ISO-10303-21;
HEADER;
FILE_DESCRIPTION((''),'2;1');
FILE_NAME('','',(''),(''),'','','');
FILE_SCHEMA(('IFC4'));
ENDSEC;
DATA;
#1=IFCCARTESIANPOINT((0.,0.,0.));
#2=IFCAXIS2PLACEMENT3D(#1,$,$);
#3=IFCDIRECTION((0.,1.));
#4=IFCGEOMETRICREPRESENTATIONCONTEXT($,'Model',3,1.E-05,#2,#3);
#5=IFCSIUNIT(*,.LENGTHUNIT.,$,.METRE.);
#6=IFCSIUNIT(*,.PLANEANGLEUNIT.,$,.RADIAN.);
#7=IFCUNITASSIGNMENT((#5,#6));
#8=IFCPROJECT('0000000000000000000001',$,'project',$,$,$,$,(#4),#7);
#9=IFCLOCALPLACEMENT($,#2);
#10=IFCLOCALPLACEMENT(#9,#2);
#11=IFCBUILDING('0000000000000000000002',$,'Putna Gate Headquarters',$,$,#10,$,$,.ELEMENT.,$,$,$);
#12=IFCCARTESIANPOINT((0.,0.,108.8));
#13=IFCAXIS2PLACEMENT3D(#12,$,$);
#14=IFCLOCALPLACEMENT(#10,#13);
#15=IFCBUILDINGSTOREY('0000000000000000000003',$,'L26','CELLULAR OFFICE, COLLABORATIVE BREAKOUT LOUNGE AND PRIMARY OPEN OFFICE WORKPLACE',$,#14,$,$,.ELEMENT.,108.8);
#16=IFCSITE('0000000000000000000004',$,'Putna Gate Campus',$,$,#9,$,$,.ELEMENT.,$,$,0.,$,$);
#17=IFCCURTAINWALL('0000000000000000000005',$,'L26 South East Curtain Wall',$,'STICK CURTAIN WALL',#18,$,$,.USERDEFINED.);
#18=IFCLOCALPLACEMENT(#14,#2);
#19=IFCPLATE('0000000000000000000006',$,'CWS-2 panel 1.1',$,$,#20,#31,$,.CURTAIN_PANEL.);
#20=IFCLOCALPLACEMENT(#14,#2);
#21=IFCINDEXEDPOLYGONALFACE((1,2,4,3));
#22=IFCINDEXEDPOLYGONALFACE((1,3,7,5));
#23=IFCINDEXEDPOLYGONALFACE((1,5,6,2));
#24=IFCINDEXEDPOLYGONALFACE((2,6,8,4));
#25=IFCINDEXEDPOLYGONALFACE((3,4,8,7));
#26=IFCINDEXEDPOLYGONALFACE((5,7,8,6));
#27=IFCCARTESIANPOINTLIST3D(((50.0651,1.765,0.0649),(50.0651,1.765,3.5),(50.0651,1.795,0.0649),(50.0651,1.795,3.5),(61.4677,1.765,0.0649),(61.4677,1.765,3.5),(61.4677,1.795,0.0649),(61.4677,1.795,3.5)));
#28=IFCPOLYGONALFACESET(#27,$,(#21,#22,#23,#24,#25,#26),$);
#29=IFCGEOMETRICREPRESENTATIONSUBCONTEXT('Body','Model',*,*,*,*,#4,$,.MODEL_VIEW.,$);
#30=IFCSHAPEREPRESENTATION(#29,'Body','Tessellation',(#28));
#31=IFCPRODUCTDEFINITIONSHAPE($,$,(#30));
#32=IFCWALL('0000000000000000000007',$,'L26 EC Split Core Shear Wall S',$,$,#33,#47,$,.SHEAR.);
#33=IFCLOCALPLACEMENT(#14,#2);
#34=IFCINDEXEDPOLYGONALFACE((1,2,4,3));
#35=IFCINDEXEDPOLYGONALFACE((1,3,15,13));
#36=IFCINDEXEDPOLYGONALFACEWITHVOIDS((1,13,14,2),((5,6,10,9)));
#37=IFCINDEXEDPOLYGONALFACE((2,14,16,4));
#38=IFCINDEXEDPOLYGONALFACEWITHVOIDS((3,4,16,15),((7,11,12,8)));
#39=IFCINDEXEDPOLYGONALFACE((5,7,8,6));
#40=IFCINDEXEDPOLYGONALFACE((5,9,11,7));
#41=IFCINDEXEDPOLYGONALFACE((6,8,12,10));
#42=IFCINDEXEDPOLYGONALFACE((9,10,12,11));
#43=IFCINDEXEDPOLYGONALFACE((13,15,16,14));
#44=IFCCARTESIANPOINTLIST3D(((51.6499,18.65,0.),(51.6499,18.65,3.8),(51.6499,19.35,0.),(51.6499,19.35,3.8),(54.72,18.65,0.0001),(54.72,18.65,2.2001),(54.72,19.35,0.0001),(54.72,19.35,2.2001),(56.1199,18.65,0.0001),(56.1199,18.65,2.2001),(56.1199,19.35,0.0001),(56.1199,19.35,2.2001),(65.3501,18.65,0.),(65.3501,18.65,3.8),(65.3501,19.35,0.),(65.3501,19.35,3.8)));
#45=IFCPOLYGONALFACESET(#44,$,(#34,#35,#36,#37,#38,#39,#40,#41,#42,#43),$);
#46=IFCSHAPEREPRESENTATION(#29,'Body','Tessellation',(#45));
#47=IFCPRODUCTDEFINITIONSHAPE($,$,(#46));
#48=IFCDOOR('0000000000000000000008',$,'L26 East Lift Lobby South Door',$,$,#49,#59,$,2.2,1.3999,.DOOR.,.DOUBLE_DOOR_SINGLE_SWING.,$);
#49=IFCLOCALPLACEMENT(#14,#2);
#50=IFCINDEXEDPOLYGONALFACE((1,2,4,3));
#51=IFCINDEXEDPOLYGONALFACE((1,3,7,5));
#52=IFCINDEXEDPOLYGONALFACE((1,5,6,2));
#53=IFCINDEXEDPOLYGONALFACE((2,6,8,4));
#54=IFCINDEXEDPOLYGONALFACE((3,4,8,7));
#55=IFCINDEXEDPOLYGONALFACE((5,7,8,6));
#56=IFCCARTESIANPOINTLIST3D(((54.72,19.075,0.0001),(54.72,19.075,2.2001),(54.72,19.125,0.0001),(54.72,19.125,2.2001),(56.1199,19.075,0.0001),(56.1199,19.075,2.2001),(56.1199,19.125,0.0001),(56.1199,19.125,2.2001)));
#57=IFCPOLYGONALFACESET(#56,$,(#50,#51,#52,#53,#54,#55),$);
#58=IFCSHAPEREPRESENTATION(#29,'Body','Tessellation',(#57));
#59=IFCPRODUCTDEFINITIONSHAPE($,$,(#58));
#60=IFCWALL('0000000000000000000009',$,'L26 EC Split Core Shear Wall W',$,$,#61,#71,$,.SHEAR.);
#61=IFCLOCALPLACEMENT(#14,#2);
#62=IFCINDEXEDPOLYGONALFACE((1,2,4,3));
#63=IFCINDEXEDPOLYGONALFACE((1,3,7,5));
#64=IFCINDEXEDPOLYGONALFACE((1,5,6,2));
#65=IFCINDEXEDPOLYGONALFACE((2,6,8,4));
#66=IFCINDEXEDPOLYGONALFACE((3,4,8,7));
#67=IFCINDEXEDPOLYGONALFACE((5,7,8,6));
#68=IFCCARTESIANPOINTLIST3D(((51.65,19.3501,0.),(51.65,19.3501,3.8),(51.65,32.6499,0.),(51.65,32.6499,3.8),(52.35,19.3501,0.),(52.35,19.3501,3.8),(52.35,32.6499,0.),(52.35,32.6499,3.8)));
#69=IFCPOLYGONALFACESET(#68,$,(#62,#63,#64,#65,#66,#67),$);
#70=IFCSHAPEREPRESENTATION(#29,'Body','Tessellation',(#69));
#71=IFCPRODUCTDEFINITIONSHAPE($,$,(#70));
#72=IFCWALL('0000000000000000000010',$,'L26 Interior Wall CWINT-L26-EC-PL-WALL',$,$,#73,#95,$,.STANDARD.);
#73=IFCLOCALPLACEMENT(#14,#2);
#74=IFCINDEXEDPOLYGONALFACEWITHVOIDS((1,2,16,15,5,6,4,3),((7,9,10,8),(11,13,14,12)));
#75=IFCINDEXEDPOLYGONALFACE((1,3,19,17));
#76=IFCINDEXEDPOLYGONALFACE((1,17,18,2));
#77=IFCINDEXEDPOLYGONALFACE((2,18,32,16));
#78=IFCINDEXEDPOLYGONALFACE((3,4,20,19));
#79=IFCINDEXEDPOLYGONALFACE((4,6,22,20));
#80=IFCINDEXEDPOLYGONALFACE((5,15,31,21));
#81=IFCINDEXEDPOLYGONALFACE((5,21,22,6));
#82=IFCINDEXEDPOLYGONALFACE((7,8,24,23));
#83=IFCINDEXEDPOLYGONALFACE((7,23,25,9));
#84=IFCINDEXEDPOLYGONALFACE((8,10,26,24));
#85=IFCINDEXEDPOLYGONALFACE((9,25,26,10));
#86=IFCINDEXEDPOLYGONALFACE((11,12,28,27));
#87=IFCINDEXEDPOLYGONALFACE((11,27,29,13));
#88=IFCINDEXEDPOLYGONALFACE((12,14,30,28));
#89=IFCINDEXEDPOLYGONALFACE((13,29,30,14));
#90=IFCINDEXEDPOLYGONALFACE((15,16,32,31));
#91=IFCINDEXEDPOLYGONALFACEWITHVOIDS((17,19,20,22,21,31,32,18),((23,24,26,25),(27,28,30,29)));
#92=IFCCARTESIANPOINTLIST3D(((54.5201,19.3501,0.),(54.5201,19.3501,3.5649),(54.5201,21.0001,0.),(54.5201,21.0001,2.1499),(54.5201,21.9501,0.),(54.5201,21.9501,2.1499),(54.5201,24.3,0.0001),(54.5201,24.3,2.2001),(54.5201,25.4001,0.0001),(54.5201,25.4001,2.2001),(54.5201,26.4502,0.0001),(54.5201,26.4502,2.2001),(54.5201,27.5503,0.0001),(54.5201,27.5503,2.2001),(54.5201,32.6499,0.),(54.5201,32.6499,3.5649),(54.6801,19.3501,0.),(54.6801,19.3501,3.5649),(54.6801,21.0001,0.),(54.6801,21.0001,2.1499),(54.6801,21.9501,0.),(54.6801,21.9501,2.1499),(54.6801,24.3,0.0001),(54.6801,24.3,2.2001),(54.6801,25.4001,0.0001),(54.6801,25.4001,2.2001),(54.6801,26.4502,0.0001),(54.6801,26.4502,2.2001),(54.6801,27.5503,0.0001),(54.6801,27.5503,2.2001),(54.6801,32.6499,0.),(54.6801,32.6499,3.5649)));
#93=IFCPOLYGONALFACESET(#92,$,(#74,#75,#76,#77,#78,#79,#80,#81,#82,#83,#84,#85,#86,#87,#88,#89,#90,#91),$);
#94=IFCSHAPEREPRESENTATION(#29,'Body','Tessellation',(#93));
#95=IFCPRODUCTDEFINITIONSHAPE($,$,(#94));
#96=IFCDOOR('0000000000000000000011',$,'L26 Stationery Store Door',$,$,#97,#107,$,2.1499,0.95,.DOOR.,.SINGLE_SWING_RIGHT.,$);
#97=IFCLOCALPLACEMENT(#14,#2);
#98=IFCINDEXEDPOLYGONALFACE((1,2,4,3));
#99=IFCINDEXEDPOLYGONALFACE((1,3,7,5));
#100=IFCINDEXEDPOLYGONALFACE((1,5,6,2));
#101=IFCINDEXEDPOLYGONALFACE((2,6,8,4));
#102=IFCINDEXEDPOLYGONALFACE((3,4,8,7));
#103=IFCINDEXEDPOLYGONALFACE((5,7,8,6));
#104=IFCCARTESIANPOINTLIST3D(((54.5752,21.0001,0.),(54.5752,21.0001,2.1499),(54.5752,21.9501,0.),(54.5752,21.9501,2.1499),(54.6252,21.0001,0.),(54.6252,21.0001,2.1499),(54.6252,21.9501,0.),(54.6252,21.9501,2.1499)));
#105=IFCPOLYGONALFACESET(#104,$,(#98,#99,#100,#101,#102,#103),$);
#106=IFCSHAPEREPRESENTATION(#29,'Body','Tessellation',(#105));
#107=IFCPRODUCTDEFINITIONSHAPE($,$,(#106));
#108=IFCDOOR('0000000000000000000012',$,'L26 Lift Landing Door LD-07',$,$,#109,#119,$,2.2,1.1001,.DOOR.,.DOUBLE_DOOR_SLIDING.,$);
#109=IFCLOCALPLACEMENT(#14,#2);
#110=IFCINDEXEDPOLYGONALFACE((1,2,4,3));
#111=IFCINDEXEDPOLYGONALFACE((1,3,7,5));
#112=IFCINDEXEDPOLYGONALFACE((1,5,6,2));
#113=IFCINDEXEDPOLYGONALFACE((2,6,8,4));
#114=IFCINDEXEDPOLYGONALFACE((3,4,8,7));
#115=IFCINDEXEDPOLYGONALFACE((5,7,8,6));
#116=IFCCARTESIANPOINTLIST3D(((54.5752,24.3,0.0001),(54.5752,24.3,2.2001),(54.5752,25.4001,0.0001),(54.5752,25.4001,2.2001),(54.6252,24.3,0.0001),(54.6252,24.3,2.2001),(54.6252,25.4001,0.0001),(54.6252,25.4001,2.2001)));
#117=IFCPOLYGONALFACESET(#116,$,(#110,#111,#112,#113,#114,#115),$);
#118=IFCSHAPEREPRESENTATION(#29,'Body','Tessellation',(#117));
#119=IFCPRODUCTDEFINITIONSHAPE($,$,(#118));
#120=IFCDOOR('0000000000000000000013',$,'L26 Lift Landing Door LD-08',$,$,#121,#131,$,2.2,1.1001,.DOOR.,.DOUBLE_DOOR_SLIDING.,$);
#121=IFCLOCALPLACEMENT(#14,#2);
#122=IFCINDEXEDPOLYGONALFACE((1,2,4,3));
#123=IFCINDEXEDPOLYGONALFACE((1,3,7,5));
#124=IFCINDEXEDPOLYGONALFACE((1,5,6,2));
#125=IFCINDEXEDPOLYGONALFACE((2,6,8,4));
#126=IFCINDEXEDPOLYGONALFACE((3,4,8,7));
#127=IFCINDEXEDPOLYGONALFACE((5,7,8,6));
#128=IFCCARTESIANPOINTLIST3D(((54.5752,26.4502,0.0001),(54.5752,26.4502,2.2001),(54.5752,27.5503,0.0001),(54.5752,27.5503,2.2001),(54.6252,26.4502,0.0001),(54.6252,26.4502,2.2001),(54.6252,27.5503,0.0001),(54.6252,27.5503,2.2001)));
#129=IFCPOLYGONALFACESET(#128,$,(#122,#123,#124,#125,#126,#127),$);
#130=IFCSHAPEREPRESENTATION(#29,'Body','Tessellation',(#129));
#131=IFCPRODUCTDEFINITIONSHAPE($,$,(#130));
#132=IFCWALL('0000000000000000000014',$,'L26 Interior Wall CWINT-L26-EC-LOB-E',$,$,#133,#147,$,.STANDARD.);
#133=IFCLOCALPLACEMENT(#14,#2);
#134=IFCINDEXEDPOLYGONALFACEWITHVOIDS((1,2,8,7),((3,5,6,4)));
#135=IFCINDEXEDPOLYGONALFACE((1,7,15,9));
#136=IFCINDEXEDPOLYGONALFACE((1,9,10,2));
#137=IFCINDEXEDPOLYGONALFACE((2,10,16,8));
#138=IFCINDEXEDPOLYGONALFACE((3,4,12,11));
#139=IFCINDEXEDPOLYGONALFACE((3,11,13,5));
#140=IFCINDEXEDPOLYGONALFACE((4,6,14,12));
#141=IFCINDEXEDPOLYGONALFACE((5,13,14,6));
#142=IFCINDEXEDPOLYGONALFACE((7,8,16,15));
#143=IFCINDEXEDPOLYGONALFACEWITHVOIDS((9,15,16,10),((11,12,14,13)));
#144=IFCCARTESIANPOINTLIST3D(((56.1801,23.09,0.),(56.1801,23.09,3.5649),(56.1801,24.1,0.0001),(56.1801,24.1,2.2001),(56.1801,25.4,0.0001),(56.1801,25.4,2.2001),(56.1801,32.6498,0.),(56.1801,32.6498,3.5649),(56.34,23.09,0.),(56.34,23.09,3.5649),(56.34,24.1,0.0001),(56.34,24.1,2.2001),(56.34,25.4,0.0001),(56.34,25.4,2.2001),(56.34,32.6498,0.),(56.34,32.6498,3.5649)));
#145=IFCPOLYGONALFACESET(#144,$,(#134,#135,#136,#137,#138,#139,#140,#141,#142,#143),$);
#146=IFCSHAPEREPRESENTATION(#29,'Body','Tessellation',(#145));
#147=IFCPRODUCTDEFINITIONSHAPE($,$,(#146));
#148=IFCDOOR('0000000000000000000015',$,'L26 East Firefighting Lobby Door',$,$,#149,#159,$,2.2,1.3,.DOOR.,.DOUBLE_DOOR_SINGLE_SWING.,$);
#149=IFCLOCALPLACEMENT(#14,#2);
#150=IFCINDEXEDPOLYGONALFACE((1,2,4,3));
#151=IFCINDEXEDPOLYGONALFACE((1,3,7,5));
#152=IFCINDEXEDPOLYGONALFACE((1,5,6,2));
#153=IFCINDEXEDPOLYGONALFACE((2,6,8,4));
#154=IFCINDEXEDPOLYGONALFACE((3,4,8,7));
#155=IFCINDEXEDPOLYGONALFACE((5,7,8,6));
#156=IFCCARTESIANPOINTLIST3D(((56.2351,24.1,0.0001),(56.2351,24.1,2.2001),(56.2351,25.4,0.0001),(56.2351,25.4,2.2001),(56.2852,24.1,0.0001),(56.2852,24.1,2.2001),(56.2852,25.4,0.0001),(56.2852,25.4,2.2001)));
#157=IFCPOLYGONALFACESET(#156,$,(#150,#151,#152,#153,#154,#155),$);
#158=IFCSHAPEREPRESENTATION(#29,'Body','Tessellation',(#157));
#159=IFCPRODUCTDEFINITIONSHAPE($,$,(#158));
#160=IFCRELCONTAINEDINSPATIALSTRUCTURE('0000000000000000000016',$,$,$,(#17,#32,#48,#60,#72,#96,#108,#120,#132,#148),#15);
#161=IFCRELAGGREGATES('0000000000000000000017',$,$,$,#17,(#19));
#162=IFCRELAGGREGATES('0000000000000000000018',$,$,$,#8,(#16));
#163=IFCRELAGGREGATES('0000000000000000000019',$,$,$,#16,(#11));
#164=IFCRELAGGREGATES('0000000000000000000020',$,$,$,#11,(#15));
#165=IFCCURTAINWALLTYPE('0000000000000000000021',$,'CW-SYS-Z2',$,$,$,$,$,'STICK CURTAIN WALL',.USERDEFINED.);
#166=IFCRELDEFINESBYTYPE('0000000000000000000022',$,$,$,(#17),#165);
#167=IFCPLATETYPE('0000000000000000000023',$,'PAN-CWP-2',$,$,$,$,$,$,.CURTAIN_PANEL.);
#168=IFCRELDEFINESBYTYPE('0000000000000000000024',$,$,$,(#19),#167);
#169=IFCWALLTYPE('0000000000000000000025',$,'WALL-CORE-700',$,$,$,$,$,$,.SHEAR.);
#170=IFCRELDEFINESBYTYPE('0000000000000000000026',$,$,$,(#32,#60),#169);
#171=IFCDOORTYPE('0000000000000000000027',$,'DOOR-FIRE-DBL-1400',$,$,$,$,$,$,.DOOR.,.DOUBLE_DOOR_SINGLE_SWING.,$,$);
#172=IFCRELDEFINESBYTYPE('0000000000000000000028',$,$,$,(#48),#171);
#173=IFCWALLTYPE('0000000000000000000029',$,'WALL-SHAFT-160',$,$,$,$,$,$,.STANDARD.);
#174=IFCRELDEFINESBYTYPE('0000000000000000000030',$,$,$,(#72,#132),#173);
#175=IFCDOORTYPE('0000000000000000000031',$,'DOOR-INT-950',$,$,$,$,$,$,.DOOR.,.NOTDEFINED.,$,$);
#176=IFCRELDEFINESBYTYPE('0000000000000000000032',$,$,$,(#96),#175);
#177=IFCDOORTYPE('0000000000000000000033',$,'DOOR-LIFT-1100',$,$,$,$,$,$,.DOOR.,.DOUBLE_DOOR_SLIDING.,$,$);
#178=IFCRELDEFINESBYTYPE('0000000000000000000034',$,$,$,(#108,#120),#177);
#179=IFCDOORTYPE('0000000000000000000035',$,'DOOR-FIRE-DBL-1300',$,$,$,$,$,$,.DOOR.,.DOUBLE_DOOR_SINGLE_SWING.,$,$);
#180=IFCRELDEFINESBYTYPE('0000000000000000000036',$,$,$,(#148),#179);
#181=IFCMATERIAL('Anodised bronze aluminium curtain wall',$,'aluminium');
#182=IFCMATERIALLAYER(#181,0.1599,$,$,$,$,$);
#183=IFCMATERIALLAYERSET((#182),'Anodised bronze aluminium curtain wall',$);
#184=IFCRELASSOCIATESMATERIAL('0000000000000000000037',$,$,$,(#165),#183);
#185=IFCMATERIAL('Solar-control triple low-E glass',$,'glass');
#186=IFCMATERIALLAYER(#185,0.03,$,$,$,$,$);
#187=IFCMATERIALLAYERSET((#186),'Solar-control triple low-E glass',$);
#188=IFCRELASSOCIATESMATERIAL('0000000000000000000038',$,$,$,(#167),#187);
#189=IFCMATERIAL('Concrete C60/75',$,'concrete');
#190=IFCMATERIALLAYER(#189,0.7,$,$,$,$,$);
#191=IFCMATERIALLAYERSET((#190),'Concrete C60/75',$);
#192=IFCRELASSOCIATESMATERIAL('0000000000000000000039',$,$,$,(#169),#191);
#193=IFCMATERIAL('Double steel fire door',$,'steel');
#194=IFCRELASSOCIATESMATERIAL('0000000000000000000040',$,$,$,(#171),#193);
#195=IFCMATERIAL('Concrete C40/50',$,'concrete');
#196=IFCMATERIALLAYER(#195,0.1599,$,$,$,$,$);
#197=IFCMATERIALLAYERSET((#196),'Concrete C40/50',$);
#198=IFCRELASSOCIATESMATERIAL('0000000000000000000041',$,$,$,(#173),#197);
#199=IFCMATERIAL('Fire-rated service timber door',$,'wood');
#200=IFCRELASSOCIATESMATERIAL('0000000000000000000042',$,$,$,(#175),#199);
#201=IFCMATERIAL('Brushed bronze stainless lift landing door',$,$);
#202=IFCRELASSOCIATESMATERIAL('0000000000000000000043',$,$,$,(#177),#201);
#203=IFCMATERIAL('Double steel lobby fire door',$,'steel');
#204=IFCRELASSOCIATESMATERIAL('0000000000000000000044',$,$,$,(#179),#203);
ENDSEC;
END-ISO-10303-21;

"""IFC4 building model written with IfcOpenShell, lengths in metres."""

from ifc_helpers import new_model, si_unit, direction, frame, frame_2d, origin, origin_2d, place, context, subcontext, project, spatial, rectangle, extrude, material, layer, layer_set, type_object, element, fill, aggregate, save


model = new_model("IFC4")

# Units and contexts
model_context = context("Model", 3, precision=1e-05, world=origin(), true_north=direction((0.0, 1.0)))
body_context = subcontext(model_context, "Body", "Model", "MODEL_VIEW")
ifc_project = project(units=[si_unit("LENGTHUNIT", "METRE"), si_unit("PLANEANGLEUNIT", "RADIAN")], contexts=[model_context])

# Site, building, storey
site_placement = place(None, origin())
site = spatial("IfcSite", under=ifc_project, at=site_placement, Name="Putna Gate Campus", CompositionType="ELEMENT", RefElevation=0.0)
building_placement = place(site_placement, origin())
building = spatial("IfcBuilding", under=site, at=building_placement, Name="Putna Gate Headquarters", CompositionType="ELEMENT")
storey_placement = place(building_placement, frame((0.0, 0.0, 108.8)))
storey = spatial("IfcBuildingStorey", under=building, at=storey_placement, Name="L26", Description="CELLULAR OFFICE, COLLABORATIVE BREAKOUT LOUNGE AND PRIMARY OPEN OFFICE WORKPLACE", CompositionType="ELEMENT", Elevation=108.8)

# Shared definitions
ifc_material_1 = material(Name="Concrete C60/75", Category="concrete")

# Curtain wall, plate
ifc_material_2 = material(Name="Anodised bronze aluminium curtain wall", Category="aluminium")
ifc_layer_1 = layer(ifc_material_2, 0.1599)
ifc_layer_set_1 = layer_set([ifc_layer_1], Name="Anodised bronze aluminium curtain wall")
curtain_wall_type = type_object("IfcCurtainWallType", Name="CW-SYS-Z2", ElementType="STICK CURTAIN WALL", PredefinedType="USERDEFINED", material=ifc_layer_set_1)
curtain_wall_placement = place(storey_placement, origin())
curtain_wall = element("IfcCurtainWall", 1, at=curtain_wall_placement, inside=storey, type_object=curtain_wall_type, Name="L26 South East Curtain Wall", ObjectType="STICK CURTAIN WALL", PredefinedType="USERDEFINED")
ifc_material_3 = material(Name="Solar-control triple low-E glass", Category="glass")
ifc_layer_2 = layer(ifc_material_3, 0.03)
ifc_layer_set_2 = layer_set([ifc_layer_2], Name="Solar-control triple low-E glass")
plate_type = type_object("IfcPlateType", Name="PAN-CWP-2", PredefinedType="CURTAIN_PANEL", material=ifc_layer_set_2)
plate_placement = place(storey_placement, frame((55.7664, 1.78, 0.0649), z_axis=(0.0, 0.0, 1.0), x_axis=(1.0, 0.0, 0.0)))
plate = element("IfcPlate", 2, at=plate_placement, type_object=plate_type, Name="CWS-2 panel 1.1", PredefinedType="CURTAIN_PANEL", context=body_context, shape_type="SweptSolid", body=[
    extrude(rectangle(XDim=11.4026, YDim=0.03, at=origin_2d()), origin(), (0.0, 0.0, 1.0), 3.4351),
])
aggregate(curtain_wall, [plate])

# Wall, opening, door
ifc_layer_3 = layer(ifc_material_1, 0.7)
ifc_layer_set_3 = layer_set([ifc_layer_3], Name="Concrete C60/75")
wall_type_1 = type_object("IfcWallType", Name="WALL-CORE-700", PredefinedType="SHEAR", material=ifc_layer_set_3)
wall_1_placement = place(storey_placement, frame((51.6499, 19.0, 0.0), z_axis=(0.0, 0.0, 1.0), x_axis=(1.0, 0.0, 0.0)))
wall_1 = element("IfcWall", 3, at=wall_1_placement, inside=storey, type_object=wall_type_1, Name="L26 EC Split Core Shear Wall S", PredefinedType="SHEAR", context=body_context, shape_type="SweptSolid", body=[
    extrude(rectangle(XDim=13.7002, YDim=0.7, at=frame_2d((6.8501, 0.0))), origin(), (0.0, 0.0, 1.0), 3.8),
])
opening_1_placement = place(wall_1_placement, frame((3.0701, 0.0, 0.0)))
opening_1 = element("IfcOpeningElement", 4, at=opening_1_placement, cuts=wall_1, PredefinedType="OPENING", context=body_context, shape_type="SweptSolid", body=[
    extrude(rectangle(XDim=1.3999, YDim=2.2, at=frame_2d((0.7, 1.1001))), frame((0.0, 0.3599, 0.0), z_axis=(0.0, -1.0, 0.0), x_axis=(1.0, 0.0, 0.0)), (0.0, 0.0, 1.0), 0.72),
])
ifc_material_4 = material(Name="Double steel fire door", Category="steel")
door_type_1 = type_object("IfcDoorType", Name="DOOR-FIRE-DBL-1400", OperationType="DOUBLE_DOOR_SINGLE_SWING", PredefinedType="DOOR", material=ifc_material_4)
door_1_placement = place(opening_1_placement, origin())
door_1 = element("IfcDoor", 5, at=door_1_placement, inside=storey, type_object=door_type_1, Name="L26 East Lift Lobby South Door", OperationType="DOUBLE_DOOR_SINGLE_SWING", OverallHeight=2.2, OverallWidth=1.3999, PredefinedType="DOOR", context=body_context, shape_type="SweptSolid", body=[
    extrude(rectangle(XDim=1.3999, YDim=2.2, at=frame_2d((0.7, 1.1001))), frame((0.0, 0.125, 0.0), z_axis=(0.0, -1.0, 0.0), x_axis=(1.0, 0.0, 0.0)), (0.0, 0.0, 1.0), 0.05),
])
fill(opening_1, door_1)

# Wall
wall_2_placement = place(storey_placement, frame((52.0, 19.3501, 0.0), z_axis=(0.0, 0.0, 1.0), x_axis=(0.0, 1.0, 0.0)))
element("IfcWall", 6, at=wall_2_placement, inside=storey, type_object=wall_type_1, Name="L26 EC Split Core Shear Wall W", PredefinedType="SHEAR", context=body_context, shape_type="SweptSolid", body=[
    extrude(rectangle(XDim=13.2998, YDim=0.7, at=frame_2d((6.6499, 0.0))), origin(), (0.0, 0.0, 1.0), 3.8),
])

# Wall, openings, doors
ifc_material_5 = material(Name="Concrete C40/50", Category="concrete")
ifc_layer_4 = layer(ifc_material_5, 0.1599)
ifc_layer_set_4 = layer_set([ifc_layer_4], Name="Concrete C40/50")
wall_type_2 = type_object("IfcWallType", Name="WALL-SHAFT-160", PredefinedType="STANDARD", material=ifc_layer_set_4)
wall_3_placement = place(storey_placement, frame((54.6001, 19.3501, 0.0), z_axis=(0.0, 0.0, 1.0), x_axis=(0.0, 1.0, 0.0)))
wall_3 = element("IfcWall", 7, at=wall_3_placement, inside=storey, type_object=wall_type_2, Name="L26 Interior Wall CWINT-L26-EC-PL-WALL", PredefinedType="STANDARD", context=body_context, shape_type="SweptSolid", body=[
    extrude(rectangle(XDim=13.2998, YDim=0.1599, at=frame_2d((6.6499, 0.0))), origin(), (0.0, 0.0, 1.0), 3.5649),
])
opening_2_placement = place(wall_3_placement, frame((1.6499, 0.0, 0.0)))
opening_2 = element("IfcOpeningElement", 8, at=opening_2_placement, cuts=wall_3, PredefinedType="OPENING", context=body_context, shape_type="SweptSolid", body=[
    extrude(rectangle(XDim=0.95, YDim=2.1499, at=frame_2d((0.4751, 1.075))), frame((0.0, 0.0898, 0.0), z_axis=(0.0, -1.0, 0.0), x_axis=(1.0, 0.0, 0.0)), (0.0, 0.0, 1.0), 0.1799),
])
opening_3_placement = place(wall_3_placement, frame((4.95, 0.0, 0.0)))
opening_3 = element("IfcOpeningElement", 9, at=opening_3_placement, cuts=wall_3, PredefinedType="OPENING", context=body_context, shape_type="SweptSolid", body=[
    extrude(rectangle(XDim=1.1001, YDim=2.2, at=frame_2d((0.55, 1.1001))), frame((0.0, 0.0898, 0.0), z_axis=(0.0, -1.0, 0.0), x_axis=(1.0, 0.0, 0.0)), (0.0, 0.0, 1.0), 0.1799),
])
opening_4_placement = place(wall_3_placement, frame((7.1001, 0.0, 0.0)))
opening_4 = element("IfcOpeningElement", 10, at=opening_4_placement, cuts=wall_3, PredefinedType="OPENING", context=body_context, shape_type="SweptSolid", body=[
    extrude(rectangle(XDim=1.1001, YDim=2.2, at=frame_2d((0.55, 1.1001))), frame((0.0, 0.0898, 0.0), z_axis=(0.0, -1.0, 0.0), x_axis=(1.0, 0.0, 0.0)), (0.0, 0.0, 1.0), 0.1799),
])
ifc_material_6 = material(Name="Fire-rated service timber door", Category="wood")
door_type_2 = type_object("IfcDoorType", Name="DOOR-INT-950", OperationType="NOTDEFINED", PredefinedType="DOOR", material=ifc_material_6)
door_2_placement = place(opening_2_placement, origin())
door_2 = element("IfcDoor", 11, at=door_2_placement, inside=storey, type_object=door_type_2, Name="L26 Stationery Store Door", OperationType="SINGLE_SWING_RIGHT", OverallHeight=2.1499, OverallWidth=0.95, PredefinedType="DOOR", context=body_context, shape_type="SweptSolid", body=[
    extrude(rectangle(XDim=0.95, YDim=2.1499, at=frame_2d((0.4751, 1.075))), frame((0.0, 0.0249, 0.0), z_axis=(0.0, -1.0, 0.0), x_axis=(1.0, 0.0, 0.0)), (0.0, 0.0, 1.0), 0.05),
])
fill(opening_2, door_2)
ifc_material_7 = material(Name="Brushed bronze stainless lift landing door")
door_type_3 = type_object("IfcDoorType", Name="DOOR-LIFT-1100", OperationType="DOUBLE_DOOR_SLIDING", PredefinedType="DOOR", material=ifc_material_7)
door_3_placement = place(opening_3_placement, origin())
door_3 = element("IfcDoor", 12, at=door_3_placement, inside=storey, type_object=door_type_3, Name="L26 Lift Landing Door LD-07", OperationType="DOUBLE_DOOR_SLIDING", OverallHeight=2.2, OverallWidth=1.1001, PredefinedType="DOOR", context=body_context, shape_type="SweptSolid", body=[
    extrude(rectangle(XDim=1.1001, YDim=2.2, at=frame_2d((0.55, 1.1001))), frame((0.0, 0.0249, 0.0), z_axis=(0.0, -1.0, 0.0), x_axis=(1.0, 0.0, 0.0)), (0.0, 0.0, 1.0), 0.05),
])
fill(opening_3, door_3)
door_4_placement = place(opening_4_placement, origin())
door_4 = element("IfcDoor", 13, at=door_4_placement, inside=storey, type_object=door_type_3, Name="L26 Lift Landing Door LD-08", OperationType="DOUBLE_DOOR_SLIDING", OverallHeight=2.2, OverallWidth=1.1001, PredefinedType="DOOR", context=body_context, shape_type="SweptSolid", body=[
    extrude(rectangle(XDim=1.1001, YDim=2.2, at=frame_2d((0.55, 1.1001))), frame((0.0, 0.0249, 0.0), z_axis=(0.0, -1.0, 0.0), x_axis=(1.0, 0.0, 0.0)), (0.0, 0.0, 1.0), 0.05),
])
fill(opening_4, door_4)

# Wall, opening, door
wall_4_placement = place(storey_placement, frame((56.26, 23.0901, 0.0), z_axis=(0.0, 0.0, 1.0), x_axis=(0.0, 1.0, 0.0)))
wall_4 = element("IfcWall", 14, at=wall_4_placement, inside=storey, type_object=wall_type_2, Name="L26 Interior Wall CWINT-L26-EC-LOB-E", PredefinedType="STANDARD", context=body_context, shape_type="SweptSolid", body=[
    extrude(rectangle(XDim=9.5598, YDim=0.1599, at=frame_2d((4.7798, 0.0))), origin(), (0.0, 0.0, 1.0), 3.5649),
])
opening_5_placement = place(wall_4_placement, frame((1.01, 0.0, 0.0)))
opening_5 = element("IfcOpeningElement", 15, at=opening_5_placement, cuts=wall_4, PredefinedType="OPENING", context=body_context, shape_type="SweptSolid", body=[
    extrude(rectangle(XDim=1.3, YDim=2.2, at=frame_2d((0.6499, 1.1001))), frame((0.0, 0.0898, 0.0), z_axis=(0.0, -1.0, 0.0), x_axis=(1.0, 0.0, 0.0)), (0.0, 0.0, 1.0), 0.1799),
])
ifc_material_8 = material(Name="Double steel lobby fire door", Category="steel")
door_type_4 = type_object("IfcDoorType", Name="DOOR-FIRE-DBL-1300", OperationType="DOUBLE_DOOR_SINGLE_SWING", PredefinedType="DOOR", material=ifc_material_8)
door_5_placement = place(opening_5_placement, origin())
door_5 = element("IfcDoor", 16, at=door_5_placement, inside=storey, type_object=door_type_4, Name="L26 East Firefighting Lobby Door", OperationType="DOUBLE_DOOR_SINGLE_SWING", OverallHeight=2.2, OverallWidth=1.3, PredefinedType="DOOR", context=body_context, shape_type="SweptSolid", body=[
    extrude(rectangle(XDim=1.3, YDim=2.2, at=frame_2d((0.6499, 1.1001))), frame((0.0, 0.0249, 0.0), z_axis=(0.0, -1.0, 0.0), x_axis=(1.0, 0.0, 0.0)), (0.0, 0.0, 1.0), 0.05),
])
fill(opening_5, door_5)

save(model, "model.ifc")
